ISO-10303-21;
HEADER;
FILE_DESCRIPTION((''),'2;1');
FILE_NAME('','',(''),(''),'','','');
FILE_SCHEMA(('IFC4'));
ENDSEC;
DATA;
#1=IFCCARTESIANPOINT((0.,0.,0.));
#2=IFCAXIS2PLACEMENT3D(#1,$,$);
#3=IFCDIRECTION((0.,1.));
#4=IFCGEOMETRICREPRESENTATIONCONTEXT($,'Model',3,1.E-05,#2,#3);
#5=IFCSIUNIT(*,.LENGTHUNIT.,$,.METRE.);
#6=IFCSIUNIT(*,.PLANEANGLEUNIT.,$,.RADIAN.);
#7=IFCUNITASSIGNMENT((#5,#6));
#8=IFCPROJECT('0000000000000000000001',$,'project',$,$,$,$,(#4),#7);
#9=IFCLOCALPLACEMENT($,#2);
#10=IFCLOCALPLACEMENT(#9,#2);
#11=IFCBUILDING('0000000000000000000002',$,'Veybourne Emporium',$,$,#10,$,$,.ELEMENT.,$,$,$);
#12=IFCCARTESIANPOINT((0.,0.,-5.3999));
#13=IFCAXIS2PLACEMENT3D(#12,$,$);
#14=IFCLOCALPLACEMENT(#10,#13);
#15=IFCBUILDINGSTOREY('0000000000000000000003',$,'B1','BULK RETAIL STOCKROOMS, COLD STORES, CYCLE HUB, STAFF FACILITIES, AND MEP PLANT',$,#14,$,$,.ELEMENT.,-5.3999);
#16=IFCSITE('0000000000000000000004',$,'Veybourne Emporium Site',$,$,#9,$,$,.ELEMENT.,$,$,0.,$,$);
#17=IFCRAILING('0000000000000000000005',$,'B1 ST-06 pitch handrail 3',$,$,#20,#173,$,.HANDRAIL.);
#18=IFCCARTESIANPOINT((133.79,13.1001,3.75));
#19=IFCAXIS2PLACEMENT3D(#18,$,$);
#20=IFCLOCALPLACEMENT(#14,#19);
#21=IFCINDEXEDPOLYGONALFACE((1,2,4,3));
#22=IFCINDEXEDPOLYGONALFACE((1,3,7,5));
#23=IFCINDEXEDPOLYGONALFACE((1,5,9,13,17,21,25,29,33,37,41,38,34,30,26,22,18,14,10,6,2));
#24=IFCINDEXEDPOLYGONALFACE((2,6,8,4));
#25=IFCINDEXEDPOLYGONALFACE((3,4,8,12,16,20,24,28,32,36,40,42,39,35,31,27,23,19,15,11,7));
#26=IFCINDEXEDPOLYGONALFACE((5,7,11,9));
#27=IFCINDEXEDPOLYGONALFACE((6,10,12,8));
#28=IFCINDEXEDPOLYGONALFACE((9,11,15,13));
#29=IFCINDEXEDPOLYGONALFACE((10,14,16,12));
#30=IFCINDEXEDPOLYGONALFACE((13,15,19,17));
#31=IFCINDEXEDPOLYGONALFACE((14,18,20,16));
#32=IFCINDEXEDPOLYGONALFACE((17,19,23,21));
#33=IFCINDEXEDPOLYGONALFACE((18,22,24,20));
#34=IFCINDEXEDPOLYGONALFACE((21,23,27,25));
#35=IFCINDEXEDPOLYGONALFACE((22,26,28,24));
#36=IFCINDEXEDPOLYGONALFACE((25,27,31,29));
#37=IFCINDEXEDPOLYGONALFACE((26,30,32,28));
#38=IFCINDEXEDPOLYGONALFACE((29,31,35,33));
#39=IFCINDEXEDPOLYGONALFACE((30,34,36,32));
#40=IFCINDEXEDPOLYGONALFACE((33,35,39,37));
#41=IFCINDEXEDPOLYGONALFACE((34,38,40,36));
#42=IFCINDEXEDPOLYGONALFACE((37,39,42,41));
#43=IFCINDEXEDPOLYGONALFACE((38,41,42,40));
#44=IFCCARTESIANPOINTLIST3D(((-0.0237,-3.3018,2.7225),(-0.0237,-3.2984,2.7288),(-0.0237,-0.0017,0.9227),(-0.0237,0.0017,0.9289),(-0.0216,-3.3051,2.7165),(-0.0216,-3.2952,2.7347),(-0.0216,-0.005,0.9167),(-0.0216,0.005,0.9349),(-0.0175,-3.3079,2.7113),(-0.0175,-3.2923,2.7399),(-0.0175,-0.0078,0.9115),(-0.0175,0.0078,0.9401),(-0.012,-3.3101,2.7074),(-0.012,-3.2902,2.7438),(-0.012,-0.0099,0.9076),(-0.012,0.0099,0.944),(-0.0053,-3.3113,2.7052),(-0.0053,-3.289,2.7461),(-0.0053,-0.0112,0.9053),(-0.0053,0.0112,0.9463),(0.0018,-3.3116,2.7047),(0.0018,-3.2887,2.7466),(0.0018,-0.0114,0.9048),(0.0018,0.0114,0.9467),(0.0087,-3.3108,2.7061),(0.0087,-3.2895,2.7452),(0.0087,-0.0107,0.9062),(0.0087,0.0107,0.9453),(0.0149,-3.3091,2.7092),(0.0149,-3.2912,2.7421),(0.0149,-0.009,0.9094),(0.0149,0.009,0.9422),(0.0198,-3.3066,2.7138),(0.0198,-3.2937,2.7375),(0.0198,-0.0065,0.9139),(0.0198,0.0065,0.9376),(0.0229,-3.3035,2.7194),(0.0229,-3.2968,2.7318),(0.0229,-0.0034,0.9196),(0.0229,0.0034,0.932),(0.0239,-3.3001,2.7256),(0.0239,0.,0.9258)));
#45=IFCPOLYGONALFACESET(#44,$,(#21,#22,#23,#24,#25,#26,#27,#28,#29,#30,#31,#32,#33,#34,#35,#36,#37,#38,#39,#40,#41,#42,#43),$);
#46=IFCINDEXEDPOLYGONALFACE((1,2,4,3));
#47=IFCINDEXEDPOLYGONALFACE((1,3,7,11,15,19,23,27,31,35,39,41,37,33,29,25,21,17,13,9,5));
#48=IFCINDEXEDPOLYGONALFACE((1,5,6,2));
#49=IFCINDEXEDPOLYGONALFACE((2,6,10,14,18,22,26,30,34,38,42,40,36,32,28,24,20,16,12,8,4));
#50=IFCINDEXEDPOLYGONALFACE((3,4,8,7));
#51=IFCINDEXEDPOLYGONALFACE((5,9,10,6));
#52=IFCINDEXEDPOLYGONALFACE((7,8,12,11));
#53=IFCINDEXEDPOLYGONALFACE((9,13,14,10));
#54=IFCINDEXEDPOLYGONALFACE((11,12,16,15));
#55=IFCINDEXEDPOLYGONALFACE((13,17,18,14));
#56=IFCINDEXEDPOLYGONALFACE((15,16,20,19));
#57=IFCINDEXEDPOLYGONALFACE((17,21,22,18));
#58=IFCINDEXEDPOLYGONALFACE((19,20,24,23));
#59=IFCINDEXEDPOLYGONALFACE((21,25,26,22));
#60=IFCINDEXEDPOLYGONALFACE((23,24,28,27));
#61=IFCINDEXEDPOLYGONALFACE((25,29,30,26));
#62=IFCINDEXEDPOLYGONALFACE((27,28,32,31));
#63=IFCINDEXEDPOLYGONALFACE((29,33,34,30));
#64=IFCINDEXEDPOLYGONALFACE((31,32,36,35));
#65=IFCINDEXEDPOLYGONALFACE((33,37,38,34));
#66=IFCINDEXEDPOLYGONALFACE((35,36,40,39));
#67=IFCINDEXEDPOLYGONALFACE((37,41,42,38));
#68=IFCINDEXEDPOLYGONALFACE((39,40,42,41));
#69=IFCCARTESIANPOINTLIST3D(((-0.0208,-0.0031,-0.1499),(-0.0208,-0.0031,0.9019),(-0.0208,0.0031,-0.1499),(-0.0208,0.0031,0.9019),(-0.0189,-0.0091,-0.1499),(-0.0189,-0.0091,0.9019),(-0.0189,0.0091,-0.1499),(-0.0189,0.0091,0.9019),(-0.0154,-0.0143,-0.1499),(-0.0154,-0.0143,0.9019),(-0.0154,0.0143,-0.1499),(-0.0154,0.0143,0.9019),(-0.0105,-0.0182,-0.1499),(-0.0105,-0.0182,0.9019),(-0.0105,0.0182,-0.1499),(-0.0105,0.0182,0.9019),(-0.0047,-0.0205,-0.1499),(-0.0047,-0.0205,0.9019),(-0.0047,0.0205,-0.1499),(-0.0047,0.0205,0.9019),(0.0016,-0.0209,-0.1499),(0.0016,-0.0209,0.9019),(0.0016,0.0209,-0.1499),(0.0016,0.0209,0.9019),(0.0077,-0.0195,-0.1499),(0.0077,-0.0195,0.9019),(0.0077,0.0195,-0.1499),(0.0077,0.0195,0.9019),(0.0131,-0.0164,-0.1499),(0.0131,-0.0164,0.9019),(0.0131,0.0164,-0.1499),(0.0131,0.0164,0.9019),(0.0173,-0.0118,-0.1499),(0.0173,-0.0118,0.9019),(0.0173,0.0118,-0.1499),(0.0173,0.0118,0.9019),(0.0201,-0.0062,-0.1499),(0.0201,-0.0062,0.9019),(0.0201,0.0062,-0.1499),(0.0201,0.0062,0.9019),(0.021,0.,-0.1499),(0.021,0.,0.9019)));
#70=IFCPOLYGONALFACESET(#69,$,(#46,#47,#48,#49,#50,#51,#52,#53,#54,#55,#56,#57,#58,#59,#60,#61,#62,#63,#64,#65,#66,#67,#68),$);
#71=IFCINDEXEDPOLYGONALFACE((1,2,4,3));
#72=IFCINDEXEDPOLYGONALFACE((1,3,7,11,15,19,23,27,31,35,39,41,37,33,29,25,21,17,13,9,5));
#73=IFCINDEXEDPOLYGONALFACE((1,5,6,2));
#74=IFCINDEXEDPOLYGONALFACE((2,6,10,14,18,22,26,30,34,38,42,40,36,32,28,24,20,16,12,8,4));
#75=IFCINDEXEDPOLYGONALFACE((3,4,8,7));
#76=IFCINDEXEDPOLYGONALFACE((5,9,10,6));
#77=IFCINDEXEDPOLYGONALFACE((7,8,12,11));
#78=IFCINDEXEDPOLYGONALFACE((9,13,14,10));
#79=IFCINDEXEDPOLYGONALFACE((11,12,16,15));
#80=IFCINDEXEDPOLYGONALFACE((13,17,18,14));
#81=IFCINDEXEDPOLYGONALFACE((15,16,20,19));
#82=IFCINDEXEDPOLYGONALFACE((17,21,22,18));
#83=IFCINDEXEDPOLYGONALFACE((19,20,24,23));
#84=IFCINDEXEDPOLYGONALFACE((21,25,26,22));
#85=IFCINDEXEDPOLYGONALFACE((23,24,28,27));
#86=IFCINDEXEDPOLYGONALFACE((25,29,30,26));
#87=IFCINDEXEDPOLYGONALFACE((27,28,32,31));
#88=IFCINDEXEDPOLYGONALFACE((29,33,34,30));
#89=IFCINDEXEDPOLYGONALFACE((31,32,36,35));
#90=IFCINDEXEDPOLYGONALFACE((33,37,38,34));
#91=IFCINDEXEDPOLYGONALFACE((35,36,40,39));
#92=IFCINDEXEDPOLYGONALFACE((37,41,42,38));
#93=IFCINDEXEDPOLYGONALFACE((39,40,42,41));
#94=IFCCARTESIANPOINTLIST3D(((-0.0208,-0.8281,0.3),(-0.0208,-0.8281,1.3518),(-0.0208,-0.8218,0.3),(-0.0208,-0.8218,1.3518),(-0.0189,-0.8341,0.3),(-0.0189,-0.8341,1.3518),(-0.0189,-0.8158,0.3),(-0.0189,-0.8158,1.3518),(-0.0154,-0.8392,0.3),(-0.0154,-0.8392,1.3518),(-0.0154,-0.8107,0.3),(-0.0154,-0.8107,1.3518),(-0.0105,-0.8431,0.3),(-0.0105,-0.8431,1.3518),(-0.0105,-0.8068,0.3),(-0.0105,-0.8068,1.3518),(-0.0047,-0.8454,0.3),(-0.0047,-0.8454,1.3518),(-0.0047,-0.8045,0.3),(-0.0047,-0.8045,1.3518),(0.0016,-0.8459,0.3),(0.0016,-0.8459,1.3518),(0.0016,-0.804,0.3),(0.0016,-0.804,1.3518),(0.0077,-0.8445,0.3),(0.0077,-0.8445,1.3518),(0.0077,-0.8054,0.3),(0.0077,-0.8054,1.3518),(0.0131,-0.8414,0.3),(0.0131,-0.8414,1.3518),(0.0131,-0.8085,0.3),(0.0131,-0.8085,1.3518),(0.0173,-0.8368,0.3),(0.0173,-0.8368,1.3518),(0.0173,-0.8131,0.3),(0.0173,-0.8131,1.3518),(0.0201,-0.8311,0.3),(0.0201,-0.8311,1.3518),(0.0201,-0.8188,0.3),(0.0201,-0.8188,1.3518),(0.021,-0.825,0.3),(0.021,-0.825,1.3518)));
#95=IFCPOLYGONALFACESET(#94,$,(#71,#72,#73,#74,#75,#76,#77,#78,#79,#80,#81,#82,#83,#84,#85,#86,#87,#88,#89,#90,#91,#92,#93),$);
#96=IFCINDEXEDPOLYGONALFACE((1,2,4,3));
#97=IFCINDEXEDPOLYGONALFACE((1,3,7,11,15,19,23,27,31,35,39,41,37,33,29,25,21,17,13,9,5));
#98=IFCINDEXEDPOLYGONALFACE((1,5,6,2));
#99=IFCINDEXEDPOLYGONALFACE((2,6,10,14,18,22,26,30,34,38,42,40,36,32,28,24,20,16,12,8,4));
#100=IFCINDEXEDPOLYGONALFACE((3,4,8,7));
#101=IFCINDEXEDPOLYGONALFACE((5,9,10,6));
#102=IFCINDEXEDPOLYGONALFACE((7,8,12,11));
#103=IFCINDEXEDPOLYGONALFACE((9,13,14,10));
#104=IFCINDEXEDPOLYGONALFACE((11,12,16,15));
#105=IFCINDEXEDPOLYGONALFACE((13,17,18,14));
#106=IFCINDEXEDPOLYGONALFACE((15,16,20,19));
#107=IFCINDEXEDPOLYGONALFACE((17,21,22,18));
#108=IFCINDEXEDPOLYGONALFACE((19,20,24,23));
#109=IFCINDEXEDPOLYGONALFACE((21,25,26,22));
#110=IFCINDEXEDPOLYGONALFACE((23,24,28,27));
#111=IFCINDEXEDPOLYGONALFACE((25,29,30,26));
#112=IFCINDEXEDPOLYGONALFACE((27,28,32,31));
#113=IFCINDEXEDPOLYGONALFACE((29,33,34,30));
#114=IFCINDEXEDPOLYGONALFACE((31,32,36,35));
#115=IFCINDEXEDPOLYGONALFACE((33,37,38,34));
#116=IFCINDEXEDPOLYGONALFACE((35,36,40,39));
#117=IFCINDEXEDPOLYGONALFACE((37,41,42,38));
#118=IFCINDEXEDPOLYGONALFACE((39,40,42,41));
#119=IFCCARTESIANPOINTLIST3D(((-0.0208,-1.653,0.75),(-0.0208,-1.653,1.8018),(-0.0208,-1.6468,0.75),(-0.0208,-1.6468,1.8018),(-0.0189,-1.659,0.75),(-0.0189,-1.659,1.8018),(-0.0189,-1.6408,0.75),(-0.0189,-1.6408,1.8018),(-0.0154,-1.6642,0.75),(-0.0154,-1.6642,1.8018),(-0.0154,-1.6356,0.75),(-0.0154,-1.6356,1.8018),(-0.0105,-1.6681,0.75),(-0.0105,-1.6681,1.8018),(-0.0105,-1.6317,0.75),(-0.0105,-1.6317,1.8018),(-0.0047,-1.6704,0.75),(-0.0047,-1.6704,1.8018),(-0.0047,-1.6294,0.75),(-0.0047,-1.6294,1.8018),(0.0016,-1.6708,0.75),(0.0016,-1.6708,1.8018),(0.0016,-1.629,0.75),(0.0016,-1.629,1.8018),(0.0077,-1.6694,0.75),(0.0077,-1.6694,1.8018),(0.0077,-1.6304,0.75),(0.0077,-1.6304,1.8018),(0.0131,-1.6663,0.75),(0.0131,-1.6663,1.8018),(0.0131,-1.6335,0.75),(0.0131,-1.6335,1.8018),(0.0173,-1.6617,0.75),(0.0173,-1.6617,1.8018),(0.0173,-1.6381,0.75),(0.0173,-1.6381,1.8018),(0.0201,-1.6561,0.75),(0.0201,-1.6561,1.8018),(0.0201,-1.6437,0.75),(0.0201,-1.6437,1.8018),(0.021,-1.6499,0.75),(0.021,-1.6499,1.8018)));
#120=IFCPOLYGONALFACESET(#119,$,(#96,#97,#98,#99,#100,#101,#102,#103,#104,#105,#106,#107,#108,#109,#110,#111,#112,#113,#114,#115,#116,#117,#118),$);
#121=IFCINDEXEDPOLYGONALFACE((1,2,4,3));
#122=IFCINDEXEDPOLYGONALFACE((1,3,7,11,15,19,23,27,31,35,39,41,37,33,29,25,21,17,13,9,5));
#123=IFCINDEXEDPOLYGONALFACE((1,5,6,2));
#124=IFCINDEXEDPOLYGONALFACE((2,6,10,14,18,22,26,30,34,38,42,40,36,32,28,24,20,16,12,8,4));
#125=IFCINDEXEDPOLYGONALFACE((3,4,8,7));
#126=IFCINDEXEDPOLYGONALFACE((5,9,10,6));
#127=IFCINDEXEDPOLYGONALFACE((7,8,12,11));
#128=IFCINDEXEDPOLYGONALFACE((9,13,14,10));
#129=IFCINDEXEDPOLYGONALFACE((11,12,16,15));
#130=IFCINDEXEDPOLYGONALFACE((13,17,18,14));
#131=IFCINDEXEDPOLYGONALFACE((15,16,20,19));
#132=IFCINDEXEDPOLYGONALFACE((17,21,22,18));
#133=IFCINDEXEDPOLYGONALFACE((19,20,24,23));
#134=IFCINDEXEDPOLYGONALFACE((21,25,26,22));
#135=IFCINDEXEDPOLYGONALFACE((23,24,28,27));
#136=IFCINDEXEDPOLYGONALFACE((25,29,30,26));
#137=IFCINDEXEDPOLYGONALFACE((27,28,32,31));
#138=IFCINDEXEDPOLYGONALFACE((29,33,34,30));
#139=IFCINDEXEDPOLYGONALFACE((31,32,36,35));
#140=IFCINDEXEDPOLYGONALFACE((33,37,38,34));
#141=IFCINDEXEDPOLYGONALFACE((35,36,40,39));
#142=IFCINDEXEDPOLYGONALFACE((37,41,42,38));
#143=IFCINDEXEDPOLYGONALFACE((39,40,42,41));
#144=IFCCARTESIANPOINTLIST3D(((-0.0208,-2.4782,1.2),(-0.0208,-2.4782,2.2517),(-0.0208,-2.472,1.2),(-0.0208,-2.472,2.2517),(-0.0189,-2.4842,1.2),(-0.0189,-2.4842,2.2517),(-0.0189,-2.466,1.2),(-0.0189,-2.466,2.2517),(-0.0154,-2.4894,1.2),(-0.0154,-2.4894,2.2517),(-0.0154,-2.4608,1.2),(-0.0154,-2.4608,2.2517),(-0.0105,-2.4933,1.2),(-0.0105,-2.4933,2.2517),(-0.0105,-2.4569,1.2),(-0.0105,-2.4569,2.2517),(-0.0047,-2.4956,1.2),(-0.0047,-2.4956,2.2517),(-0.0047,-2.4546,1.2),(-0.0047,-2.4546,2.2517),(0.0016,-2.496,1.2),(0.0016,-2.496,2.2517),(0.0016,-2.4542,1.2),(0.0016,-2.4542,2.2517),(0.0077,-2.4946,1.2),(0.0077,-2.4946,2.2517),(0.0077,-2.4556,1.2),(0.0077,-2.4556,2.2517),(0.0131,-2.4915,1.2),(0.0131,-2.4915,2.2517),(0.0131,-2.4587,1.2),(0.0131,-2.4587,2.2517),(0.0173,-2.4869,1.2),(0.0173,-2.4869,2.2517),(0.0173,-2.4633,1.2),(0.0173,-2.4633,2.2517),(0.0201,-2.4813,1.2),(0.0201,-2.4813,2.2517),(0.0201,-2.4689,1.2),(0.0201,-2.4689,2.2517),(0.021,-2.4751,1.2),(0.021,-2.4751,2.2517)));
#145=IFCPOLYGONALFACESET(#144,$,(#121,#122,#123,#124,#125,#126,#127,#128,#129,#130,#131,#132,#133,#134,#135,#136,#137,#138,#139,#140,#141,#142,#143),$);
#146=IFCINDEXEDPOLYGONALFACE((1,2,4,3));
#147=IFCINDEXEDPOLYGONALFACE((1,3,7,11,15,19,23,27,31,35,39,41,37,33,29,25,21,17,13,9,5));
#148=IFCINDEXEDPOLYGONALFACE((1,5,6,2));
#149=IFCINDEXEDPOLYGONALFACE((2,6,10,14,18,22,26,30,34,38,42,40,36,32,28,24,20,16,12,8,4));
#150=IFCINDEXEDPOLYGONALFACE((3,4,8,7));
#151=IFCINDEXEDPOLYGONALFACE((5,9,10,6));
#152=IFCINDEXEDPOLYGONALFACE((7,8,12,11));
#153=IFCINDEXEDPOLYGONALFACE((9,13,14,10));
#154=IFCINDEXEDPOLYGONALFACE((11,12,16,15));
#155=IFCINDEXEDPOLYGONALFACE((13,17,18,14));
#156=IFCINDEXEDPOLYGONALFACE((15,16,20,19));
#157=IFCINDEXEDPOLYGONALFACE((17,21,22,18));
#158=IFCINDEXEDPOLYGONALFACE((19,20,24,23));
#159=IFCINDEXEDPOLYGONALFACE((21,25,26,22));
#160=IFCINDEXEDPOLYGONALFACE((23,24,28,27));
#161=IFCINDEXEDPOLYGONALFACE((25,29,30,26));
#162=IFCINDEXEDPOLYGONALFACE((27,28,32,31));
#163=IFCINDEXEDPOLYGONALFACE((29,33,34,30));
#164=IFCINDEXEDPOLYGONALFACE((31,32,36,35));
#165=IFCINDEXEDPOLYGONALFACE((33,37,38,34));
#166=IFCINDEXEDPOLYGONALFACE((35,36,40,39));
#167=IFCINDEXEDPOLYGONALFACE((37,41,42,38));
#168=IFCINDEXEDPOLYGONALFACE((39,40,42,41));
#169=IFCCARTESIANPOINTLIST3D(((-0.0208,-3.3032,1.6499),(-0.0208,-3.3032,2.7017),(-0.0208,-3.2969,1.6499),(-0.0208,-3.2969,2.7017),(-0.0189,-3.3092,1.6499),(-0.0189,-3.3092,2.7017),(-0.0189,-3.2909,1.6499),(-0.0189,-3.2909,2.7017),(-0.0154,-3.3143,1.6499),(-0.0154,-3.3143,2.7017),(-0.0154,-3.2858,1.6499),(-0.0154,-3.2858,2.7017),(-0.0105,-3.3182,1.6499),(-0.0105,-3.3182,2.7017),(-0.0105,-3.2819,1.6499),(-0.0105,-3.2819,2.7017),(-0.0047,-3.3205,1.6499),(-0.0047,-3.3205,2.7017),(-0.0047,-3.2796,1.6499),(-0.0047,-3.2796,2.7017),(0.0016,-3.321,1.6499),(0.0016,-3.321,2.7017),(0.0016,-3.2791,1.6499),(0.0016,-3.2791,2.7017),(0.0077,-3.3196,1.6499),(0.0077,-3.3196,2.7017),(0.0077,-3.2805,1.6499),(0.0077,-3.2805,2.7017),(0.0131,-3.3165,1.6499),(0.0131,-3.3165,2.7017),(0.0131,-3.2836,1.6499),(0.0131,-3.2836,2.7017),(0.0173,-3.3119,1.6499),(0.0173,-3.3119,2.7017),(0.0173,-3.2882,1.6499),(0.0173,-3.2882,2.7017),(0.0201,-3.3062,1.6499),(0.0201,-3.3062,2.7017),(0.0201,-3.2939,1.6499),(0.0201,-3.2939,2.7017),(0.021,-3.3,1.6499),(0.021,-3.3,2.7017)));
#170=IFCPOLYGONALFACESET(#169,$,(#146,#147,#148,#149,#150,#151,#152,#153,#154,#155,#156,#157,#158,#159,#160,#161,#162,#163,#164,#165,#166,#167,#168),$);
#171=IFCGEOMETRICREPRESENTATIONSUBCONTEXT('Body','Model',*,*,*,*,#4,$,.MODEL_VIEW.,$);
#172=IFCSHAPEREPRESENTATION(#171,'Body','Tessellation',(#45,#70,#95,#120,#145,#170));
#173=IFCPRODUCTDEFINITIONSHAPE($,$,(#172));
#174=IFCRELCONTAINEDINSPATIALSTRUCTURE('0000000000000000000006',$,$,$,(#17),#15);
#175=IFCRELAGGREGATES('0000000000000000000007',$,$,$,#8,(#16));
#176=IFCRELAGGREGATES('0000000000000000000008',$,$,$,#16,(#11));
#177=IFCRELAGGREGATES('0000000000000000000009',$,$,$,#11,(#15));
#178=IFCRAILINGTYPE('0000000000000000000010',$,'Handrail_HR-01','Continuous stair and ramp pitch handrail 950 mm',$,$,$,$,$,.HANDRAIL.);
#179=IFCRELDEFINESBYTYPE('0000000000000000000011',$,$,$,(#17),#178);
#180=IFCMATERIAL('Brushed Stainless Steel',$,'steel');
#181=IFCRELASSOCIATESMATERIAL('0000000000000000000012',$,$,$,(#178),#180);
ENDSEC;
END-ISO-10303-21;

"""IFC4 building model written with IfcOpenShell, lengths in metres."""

from ifc_helpers import new_model, si_unit, direction, frame, origin, origin_2d, place, context, subcontext, project, spatial, circle, extrude, material, type_object, element, save


model = new_model("IFC4")

# Units and contexts
model_context = context("Model", 3, precision=1e-05, world=origin(), true_north=direction((0.0, 1.0)))
body_context = subcontext(model_context, "Body", "Model", "MODEL_VIEW")
ifc_project = project(units=[si_unit("LENGTHUNIT", "METRE"), si_unit("PLANEANGLEUNIT", "RADIAN")], contexts=[model_context])

# Site, building, storey
site_placement = place(None, origin())
site = spatial("IfcSite", under=ifc_project, at=site_placement, Name="Veybourne Emporium Site", CompositionType="ELEMENT", RefElevation=0.0)
building_placement = place(site_placement, origin())
building = spatial("IfcBuilding", under=site, at=building_placement, Name="Veybourne Emporium", CompositionType="ELEMENT")
storey_placement = place(building_placement, frame((0.0, 0.0, -5.3999)))
storey = spatial("IfcBuildingStorey", under=building, at=storey_placement, Name="B1", Description="BULK RETAIL STOCKROOMS, COLD STORES, CYCLE HUB, STAFF FACILITIES, AND MEP PLANT", CompositionType="ELEMENT", Elevation=-5.3999)

# Railing
ifc_material_1 = material(Name="Brushed Stainless Steel", Category="steel")
railing_type_1 = type_object("IfcRailingType", Name="Handrail_HR-01", Description="Continuous stair and ramp pitch handrail 950 mm", PredefinedType="HANDRAIL", material=ifc_material_1)
railing_1_placement = place(storey_placement, frame((133.79, 13.1001, 3.75)))
element("IfcRailing", 1, at=railing_1_placement, inside=storey, type_object=railing_type_1, Name="B1 ST-06 pitch handrail 3", PredefinedType="HANDRAIL", context=body_context, shape_type="SweptSolid", body=[
    extrude(circle(Radius=0.0239, at=origin_2d()), frame((0.0, 0.0, 0.9258), z_axis=(0.0, -0.87792, 0.478807), x_axis=(1.0, 0.0, 0.0)), (0.0, 0.0, 1.0), 3.759),
    extrude(circle(Radius=0.021, at=origin_2d()), frame((0.0, 0.0, -0.1499)), (0.0, 0.0, 1.0), 1.0518),
    extrude(circle(Radius=0.021, at=origin_2d()), frame((0.0, -0.825, 0.3)), (0.0, 0.0, 1.0), 1.0518),
    extrude(circle(Radius=0.021, at=origin_2d()), frame((0.0, -1.6499, 0.75)), (0.0, 0.0, 1.0), 1.0518),
    extrude(circle(Radius=0.021, at=origin_2d()), frame((0.0, -2.4751, 1.2)), (0.0, 0.0, 1.0), 1.0518),
    extrude(circle(Radius=0.021, at=origin_2d()), frame((0.0, -3.3, 1.6499)), (0.0, 0.0, 1.0), 1.0518),
])

save(model, "model.ifc")
